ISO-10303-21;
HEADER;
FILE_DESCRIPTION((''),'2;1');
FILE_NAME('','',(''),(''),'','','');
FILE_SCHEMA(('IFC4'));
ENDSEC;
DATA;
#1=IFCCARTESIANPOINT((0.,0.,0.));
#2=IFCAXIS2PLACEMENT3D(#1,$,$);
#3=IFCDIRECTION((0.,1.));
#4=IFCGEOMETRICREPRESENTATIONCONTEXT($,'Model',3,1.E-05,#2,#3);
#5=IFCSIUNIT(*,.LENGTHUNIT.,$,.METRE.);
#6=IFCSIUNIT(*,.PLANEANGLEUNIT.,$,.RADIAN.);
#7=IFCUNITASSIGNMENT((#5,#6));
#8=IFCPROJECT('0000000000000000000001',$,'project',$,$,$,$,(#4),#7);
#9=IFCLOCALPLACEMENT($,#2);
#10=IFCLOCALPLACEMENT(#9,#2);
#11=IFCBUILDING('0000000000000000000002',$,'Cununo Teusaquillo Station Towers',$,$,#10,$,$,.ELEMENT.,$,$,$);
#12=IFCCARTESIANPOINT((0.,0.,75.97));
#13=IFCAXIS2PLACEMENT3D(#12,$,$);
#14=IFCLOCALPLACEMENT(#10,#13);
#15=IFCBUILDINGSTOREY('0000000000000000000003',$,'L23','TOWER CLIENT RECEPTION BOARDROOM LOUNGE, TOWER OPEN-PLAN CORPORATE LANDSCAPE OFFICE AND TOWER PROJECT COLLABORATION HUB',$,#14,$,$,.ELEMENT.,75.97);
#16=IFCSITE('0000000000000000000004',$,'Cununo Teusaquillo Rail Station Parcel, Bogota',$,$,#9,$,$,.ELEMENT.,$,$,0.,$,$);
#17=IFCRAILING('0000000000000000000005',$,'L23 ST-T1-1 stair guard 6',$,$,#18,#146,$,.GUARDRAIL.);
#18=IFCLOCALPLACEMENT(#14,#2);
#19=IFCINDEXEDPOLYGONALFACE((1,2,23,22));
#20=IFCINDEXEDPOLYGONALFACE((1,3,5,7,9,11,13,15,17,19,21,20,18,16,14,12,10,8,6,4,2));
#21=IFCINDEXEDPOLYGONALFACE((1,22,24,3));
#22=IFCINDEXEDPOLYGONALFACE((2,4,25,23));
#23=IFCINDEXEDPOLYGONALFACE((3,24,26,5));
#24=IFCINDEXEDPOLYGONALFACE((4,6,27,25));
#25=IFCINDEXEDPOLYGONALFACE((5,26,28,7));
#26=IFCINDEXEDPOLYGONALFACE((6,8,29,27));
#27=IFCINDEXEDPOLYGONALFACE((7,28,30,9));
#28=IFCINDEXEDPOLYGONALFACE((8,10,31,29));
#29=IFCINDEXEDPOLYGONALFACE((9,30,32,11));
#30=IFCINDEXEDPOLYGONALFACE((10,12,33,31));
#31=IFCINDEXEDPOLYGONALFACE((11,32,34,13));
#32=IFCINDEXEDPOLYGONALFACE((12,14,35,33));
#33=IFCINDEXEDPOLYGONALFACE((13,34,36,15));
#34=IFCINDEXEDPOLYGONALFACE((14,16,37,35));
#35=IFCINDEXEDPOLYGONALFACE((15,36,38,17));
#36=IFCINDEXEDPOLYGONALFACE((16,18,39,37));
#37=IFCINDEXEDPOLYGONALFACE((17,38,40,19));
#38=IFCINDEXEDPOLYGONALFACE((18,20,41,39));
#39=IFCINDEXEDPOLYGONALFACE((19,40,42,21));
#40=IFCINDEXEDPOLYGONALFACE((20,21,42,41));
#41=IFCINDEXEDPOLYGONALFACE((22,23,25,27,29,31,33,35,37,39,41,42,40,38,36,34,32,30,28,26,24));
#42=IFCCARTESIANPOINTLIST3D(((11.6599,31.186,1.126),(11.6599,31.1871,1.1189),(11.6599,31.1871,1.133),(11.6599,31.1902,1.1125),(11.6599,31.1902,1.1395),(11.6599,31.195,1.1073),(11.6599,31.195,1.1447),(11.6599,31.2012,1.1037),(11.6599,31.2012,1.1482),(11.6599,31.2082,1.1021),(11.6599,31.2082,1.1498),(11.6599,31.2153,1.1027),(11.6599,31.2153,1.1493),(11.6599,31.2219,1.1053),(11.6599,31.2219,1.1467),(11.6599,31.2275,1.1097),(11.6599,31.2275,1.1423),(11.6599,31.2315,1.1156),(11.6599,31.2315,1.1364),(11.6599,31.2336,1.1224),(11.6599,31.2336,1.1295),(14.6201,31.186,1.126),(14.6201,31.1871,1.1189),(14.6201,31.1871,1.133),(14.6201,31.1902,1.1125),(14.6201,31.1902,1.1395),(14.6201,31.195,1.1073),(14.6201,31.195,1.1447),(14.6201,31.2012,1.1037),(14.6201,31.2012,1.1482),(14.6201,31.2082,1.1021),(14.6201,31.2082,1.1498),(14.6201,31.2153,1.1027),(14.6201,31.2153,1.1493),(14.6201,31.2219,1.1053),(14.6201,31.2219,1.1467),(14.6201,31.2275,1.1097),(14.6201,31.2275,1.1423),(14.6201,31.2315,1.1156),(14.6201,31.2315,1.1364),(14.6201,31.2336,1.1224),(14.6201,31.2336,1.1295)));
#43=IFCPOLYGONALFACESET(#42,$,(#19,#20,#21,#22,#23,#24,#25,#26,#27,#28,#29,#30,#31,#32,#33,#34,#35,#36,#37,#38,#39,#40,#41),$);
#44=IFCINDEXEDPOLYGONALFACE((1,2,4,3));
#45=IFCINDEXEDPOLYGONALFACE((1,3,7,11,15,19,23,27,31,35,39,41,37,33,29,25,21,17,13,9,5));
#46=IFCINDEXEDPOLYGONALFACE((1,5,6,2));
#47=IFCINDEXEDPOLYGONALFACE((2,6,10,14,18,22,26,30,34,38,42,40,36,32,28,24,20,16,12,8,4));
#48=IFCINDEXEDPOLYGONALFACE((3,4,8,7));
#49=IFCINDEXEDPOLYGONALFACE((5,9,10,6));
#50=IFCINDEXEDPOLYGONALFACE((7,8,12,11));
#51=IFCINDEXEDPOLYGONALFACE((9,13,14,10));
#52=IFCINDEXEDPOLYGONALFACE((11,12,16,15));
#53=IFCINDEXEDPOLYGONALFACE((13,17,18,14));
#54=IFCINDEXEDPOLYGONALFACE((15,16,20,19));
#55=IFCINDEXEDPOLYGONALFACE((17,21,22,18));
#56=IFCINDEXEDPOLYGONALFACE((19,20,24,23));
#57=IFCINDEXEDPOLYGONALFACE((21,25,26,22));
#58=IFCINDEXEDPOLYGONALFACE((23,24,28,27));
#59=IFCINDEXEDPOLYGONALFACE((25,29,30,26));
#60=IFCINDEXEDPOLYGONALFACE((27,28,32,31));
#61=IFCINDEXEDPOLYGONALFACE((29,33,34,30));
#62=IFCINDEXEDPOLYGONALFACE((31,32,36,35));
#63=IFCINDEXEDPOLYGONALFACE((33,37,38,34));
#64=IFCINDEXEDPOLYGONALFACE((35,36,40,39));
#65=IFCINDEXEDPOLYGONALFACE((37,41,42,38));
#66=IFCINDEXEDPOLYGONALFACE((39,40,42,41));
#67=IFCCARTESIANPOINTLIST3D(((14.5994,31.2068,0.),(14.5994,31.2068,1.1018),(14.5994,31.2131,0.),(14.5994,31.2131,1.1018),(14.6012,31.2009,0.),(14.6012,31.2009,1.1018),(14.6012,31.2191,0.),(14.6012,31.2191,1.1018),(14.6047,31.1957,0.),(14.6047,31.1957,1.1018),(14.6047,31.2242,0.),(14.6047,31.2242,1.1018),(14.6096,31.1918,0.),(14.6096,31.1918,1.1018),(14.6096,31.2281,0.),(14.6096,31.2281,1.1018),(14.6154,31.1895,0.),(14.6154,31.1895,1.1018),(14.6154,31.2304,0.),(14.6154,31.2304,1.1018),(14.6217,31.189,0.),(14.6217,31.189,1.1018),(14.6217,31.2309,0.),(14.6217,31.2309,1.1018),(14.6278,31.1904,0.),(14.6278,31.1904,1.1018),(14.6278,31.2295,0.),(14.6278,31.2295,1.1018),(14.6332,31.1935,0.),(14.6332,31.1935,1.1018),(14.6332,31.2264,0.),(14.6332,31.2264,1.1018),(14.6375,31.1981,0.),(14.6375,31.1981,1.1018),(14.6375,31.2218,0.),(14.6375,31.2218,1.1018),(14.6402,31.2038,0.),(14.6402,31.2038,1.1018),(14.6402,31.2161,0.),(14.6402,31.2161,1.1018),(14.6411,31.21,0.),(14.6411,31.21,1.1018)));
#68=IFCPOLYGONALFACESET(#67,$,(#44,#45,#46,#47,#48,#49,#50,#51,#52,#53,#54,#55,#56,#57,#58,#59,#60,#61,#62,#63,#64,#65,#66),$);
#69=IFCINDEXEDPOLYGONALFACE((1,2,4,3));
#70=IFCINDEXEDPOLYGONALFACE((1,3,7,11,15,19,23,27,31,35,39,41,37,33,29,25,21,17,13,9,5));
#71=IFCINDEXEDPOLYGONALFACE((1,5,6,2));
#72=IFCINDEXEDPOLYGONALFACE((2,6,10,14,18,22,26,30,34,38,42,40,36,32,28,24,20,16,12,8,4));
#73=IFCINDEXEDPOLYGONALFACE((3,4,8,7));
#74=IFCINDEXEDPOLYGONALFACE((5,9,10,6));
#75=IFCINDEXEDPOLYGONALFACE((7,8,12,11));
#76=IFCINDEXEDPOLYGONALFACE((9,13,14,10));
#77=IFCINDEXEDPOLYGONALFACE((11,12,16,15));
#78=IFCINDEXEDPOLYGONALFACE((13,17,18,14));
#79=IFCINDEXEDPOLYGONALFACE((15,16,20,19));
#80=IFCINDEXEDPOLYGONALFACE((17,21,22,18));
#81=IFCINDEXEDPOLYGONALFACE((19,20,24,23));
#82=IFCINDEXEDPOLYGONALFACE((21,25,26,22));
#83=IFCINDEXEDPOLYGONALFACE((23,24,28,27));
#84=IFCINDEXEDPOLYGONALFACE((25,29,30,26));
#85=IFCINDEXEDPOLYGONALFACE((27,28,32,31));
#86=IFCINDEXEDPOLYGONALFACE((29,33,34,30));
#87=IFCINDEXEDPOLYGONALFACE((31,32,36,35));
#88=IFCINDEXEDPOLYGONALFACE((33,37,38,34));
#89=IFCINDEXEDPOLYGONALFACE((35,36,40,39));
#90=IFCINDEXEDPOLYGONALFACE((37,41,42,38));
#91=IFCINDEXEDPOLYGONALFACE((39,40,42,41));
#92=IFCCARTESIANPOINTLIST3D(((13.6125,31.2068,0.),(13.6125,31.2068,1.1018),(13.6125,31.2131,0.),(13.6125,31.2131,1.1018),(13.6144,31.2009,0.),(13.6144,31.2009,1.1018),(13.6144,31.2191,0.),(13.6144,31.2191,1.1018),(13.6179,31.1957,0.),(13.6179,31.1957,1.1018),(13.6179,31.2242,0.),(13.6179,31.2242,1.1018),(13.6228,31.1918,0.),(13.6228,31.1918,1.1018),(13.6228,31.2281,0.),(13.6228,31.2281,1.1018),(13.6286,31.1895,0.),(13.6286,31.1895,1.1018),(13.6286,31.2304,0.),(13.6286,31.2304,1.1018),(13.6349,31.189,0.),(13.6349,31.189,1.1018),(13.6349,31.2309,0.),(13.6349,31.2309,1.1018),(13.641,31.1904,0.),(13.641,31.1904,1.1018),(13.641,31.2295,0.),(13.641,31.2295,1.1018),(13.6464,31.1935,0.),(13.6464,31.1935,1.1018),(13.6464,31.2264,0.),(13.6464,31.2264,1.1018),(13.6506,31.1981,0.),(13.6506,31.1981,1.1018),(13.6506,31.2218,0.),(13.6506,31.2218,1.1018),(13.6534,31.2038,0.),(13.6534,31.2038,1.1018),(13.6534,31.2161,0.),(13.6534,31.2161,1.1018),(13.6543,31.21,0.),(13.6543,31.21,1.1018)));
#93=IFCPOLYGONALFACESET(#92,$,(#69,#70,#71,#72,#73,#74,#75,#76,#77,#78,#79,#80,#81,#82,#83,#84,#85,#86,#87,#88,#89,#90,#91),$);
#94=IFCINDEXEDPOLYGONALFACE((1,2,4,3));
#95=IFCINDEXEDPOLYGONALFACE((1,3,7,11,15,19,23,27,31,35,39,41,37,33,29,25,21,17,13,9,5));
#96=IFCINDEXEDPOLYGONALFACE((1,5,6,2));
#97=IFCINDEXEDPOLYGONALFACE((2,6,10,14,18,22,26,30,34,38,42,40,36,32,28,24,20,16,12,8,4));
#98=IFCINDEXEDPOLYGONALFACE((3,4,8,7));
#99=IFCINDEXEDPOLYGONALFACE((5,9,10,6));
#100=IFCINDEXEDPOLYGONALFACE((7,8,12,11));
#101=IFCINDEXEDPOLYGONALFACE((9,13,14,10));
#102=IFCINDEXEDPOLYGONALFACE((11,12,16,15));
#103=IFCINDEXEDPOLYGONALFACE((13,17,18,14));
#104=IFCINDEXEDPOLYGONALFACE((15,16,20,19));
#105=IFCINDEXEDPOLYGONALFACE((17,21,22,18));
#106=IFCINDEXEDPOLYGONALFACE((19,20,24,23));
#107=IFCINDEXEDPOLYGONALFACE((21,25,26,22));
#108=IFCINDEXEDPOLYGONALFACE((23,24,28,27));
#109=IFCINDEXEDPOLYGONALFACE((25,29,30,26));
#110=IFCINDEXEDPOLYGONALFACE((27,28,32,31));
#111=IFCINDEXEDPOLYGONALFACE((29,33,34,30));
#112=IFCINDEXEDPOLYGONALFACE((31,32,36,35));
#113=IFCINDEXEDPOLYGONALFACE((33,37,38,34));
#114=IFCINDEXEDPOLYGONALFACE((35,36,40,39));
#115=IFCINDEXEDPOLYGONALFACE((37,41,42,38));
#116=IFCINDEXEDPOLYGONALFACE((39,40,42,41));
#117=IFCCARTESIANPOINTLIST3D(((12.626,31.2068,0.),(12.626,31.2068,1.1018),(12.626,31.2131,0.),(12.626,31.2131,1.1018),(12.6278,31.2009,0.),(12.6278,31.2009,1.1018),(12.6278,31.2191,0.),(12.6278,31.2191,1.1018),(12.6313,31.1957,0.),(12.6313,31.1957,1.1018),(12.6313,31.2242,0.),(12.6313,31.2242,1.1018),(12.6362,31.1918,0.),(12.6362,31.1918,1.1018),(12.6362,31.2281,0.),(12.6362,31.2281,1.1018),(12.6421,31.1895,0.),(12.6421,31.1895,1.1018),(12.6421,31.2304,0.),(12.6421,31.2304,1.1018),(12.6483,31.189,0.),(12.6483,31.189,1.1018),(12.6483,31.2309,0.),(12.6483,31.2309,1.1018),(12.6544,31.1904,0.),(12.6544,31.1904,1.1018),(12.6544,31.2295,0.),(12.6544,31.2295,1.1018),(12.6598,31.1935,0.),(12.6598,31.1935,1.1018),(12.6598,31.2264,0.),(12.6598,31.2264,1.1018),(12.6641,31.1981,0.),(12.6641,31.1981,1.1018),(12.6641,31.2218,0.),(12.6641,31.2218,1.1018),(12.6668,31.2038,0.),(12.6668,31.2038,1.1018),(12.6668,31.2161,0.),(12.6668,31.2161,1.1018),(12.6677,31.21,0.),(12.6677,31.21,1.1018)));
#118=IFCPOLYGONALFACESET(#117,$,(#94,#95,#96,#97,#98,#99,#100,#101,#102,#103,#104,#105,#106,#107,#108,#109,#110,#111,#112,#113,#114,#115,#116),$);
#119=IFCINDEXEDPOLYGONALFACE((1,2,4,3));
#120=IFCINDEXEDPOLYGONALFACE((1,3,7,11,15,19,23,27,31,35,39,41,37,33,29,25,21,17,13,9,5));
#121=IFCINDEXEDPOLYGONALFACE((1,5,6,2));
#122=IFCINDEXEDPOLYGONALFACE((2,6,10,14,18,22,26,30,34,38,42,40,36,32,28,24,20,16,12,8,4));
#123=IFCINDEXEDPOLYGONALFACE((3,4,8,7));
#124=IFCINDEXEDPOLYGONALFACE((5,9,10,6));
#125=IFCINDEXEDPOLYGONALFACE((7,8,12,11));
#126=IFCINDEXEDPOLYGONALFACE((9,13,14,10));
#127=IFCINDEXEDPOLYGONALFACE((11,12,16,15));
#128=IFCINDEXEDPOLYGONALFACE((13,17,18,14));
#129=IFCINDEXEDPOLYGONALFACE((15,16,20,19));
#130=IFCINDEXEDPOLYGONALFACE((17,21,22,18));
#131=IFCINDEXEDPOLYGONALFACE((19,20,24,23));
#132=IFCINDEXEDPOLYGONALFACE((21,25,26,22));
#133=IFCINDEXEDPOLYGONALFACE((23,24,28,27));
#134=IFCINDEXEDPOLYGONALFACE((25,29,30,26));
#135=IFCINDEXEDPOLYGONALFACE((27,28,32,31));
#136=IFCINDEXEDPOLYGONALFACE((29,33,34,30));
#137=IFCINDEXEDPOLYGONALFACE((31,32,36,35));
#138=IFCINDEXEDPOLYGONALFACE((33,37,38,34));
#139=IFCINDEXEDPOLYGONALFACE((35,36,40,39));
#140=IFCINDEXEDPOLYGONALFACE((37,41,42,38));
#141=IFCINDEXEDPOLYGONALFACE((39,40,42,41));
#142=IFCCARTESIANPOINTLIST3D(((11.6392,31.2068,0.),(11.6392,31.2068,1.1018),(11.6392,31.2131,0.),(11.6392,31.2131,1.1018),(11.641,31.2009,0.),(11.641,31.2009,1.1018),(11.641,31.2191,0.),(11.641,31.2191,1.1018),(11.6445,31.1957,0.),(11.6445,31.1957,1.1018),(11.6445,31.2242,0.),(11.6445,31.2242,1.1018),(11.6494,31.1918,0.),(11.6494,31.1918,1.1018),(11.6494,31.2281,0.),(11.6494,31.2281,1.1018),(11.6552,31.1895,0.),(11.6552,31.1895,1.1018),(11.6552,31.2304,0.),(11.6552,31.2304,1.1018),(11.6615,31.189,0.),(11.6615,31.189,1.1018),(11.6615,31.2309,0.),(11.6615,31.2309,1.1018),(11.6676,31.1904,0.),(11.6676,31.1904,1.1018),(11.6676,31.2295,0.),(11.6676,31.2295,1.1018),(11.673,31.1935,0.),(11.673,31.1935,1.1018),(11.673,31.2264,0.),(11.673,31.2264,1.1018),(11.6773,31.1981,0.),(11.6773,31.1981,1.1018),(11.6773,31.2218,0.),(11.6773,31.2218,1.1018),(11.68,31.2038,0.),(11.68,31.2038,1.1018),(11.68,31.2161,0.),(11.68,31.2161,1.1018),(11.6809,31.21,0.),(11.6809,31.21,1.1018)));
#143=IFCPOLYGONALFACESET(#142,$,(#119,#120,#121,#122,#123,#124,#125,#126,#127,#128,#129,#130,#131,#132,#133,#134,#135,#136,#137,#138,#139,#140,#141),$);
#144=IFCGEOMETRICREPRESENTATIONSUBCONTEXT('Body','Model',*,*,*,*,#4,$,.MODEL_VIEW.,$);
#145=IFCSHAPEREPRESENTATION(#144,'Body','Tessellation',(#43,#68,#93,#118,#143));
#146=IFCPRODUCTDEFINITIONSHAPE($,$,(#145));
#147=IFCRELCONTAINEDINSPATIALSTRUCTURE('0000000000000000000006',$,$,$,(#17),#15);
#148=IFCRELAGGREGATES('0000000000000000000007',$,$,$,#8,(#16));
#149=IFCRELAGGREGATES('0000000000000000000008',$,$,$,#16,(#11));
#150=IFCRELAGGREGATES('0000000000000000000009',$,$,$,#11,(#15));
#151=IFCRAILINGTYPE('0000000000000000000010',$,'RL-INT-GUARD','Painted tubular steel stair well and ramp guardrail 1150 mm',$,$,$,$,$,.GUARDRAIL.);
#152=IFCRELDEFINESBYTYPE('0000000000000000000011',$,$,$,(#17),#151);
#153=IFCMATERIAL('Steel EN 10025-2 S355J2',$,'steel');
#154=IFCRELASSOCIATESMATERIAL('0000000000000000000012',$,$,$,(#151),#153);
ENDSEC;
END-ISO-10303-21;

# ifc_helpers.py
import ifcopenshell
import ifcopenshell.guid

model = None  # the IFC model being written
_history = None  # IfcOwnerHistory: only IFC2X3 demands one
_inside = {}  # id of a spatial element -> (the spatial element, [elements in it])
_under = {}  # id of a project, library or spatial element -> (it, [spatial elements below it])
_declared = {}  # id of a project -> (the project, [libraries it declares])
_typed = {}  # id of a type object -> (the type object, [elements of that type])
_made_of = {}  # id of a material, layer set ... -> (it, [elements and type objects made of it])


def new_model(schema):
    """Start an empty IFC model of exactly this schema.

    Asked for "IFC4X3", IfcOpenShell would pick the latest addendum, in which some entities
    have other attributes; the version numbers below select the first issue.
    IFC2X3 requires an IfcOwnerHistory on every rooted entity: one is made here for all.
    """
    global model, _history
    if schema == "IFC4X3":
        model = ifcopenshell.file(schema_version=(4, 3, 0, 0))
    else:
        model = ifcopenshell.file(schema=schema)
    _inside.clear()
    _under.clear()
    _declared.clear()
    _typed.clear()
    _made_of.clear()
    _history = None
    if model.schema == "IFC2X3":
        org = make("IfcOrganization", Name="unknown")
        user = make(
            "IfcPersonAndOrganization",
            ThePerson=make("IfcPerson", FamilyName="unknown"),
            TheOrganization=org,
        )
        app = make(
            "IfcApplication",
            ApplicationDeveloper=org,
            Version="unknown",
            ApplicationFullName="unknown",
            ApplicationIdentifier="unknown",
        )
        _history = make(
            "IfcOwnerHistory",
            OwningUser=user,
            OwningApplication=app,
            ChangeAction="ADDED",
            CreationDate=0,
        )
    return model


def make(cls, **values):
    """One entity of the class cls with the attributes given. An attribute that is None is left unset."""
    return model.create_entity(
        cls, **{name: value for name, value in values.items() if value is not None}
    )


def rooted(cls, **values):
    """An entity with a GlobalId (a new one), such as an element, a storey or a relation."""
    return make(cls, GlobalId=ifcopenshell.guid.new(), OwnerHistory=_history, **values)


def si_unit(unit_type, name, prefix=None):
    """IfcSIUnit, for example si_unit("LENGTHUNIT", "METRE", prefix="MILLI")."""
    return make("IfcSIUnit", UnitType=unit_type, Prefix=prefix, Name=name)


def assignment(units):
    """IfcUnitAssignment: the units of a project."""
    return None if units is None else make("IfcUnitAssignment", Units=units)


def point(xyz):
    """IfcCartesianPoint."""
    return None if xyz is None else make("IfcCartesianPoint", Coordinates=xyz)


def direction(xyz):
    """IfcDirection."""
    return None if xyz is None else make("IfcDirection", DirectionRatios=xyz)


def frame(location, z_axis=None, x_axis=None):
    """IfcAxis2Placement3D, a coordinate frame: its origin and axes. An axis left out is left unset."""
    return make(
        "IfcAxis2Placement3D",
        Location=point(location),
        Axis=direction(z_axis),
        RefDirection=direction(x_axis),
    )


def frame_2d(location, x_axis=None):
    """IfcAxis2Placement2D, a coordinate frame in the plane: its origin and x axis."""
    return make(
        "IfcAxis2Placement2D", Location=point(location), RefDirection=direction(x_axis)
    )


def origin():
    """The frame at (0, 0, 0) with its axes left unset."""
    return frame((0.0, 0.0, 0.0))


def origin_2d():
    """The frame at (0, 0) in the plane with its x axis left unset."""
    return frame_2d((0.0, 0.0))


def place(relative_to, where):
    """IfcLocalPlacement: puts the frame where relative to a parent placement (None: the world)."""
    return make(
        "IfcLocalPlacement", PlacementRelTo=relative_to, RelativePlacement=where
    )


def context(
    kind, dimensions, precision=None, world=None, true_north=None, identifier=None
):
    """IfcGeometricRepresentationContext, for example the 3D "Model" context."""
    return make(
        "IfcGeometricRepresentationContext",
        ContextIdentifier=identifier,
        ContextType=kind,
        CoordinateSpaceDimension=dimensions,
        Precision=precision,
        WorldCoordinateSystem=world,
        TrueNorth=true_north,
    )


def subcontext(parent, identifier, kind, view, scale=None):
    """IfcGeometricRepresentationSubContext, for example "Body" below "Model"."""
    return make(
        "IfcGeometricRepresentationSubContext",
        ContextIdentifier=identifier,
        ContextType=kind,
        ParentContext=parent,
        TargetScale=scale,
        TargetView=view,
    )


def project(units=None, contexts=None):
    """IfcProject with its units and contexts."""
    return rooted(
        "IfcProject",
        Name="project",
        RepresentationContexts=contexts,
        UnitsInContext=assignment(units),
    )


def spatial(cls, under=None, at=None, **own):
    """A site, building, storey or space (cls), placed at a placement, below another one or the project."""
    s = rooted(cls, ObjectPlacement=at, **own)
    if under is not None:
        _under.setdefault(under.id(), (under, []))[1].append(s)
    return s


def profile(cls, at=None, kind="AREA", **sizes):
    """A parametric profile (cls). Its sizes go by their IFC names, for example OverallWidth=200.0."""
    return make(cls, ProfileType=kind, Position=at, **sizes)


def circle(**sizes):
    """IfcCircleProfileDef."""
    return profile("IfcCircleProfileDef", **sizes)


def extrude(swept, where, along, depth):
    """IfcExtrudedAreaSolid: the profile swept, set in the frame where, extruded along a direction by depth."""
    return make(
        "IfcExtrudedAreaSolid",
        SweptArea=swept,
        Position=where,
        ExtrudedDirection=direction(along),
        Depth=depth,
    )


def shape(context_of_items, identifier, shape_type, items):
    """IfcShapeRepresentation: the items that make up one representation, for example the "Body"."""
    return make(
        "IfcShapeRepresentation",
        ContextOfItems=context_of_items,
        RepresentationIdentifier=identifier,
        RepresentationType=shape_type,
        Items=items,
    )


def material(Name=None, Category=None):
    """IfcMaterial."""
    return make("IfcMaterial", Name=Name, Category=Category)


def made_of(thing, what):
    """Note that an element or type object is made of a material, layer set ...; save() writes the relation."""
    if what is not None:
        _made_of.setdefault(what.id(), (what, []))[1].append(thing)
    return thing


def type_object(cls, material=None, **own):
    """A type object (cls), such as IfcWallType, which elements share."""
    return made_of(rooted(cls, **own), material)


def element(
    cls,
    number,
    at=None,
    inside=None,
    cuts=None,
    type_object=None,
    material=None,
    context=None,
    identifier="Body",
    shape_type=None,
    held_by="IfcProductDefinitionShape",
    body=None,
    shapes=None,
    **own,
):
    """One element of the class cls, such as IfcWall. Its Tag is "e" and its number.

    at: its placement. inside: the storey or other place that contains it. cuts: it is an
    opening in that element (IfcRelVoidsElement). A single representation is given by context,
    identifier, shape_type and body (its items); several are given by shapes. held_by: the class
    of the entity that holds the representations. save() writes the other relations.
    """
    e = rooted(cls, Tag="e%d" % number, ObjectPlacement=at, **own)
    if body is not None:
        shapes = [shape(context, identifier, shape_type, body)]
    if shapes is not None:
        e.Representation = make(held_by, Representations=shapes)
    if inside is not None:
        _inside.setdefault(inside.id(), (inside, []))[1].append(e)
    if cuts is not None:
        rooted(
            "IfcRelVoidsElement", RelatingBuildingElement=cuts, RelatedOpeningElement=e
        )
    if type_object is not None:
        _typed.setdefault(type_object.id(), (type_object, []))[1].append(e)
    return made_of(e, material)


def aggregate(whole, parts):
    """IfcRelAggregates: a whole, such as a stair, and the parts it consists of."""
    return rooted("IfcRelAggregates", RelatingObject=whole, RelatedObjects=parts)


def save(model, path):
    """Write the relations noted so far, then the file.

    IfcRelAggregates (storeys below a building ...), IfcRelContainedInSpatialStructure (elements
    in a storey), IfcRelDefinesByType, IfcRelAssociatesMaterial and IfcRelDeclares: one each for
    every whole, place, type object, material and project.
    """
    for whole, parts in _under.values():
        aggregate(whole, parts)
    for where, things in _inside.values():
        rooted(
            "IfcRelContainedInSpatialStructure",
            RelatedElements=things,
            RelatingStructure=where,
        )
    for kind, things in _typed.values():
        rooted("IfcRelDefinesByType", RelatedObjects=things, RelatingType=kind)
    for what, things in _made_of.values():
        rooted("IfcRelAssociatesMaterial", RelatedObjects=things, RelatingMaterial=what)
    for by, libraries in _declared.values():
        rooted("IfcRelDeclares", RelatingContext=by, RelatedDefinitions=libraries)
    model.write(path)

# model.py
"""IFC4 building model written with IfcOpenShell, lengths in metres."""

from ifc_helpers import new_model, si_unit, direction, frame, origin, origin_2d, place, context, subcontext, project, spatial, circle, extrude, material, type_object, element, save


model = new_model("IFC4")

# Units and contexts
model_context = context("Model", 3, precision=1e-05, world=origin(), true_north=direction((0.0, 1.0)))
body_context = subcontext(model_context, "Body", "Model", "MODEL_VIEW")
ifc_project = project(units=[si_unit("LENGTHUNIT", "METRE"), si_unit("PLANEANGLEUNIT", "RADIAN")], contexts=[model_context])

# Site, building, storey
site_placement = place(None, origin())
site = spatial("IfcSite", under=ifc_project, at=site_placement, Name="Cununo Teusaquillo Rail Station Parcel, Bogota", CompositionType="ELEMENT", RefElevation=0.0)
building_placement = place(site_placement, origin())
building = spatial("IfcBuilding", under=site, at=building_placement, Name="Cununo Teusaquillo Station Towers", CompositionType="ELEMENT")
storey_placement = place(building_placement, frame((0.0, 0.0, 75.97)))
storey = spatial("IfcBuildingStorey", under=building, at=storey_placement, Name="L23", Description="TOWER CLIENT RECEPTION BOARDROOM LOUNGE, TOWER OPEN-PLAN CORPORATE LANDSCAPE OFFICE AND TOWER PROJECT COLLABORATION HUB", CompositionType="ELEMENT", Elevation=75.97)

# Railing
ifc_material_1 = material(Name="Steel EN 10025-2 S355J2", Category="steel")
railing_type_1 = type_object("IfcRailingType", Name="RL-INT-GUARD", Description="Painted tubular steel stair well and ramp guardrail 1150 mm", PredefinedType="GUARDRAIL", material=ifc_material_1)
railing_1_placement = place(storey_placement, frame((14.6201, 31.21, 0.0)))
element("IfcRailing", 1, at=railing_1_placement, inside=storey, type_object=railing_type_1, Name="L23 ST-T1-1 stair guard 6", PredefinedType="GUARDRAIL", context=body_context, shape_type="SweptSolid", body=[
    extrude(circle(Radius=0.0239, at=origin_2d()), frame((0.0, 0.0, 1.126), z_axis=(-1.0, 0.0, 0.0), x_axis=(0.0, -1.0, 0.0)), (0.0, 0.0, 1.0), 2.9602),
    extrude(circle(Radius=0.021, at=origin_2d()), origin(), (0.0, 0.0, 1.0), 1.1018),
    extrude(circle(Radius=0.021, at=origin_2d()), frame((-0.9868, 0.0, 0.0)), (0.0, 0.0, 1.0), 1.1018),
    extrude(circle(Radius=0.021, at=origin_2d()), frame((-1.9734, 0.0, 0.0)), (0.0, 0.0, 1.0), 1.1018),
    extrude(circle(Radius=0.021, at=origin_2d()), frame((-2.9602, 0.0, 0.0)), (0.0, 0.0, 1.0), 1.1018),
])

save(model, "model.ifc")
